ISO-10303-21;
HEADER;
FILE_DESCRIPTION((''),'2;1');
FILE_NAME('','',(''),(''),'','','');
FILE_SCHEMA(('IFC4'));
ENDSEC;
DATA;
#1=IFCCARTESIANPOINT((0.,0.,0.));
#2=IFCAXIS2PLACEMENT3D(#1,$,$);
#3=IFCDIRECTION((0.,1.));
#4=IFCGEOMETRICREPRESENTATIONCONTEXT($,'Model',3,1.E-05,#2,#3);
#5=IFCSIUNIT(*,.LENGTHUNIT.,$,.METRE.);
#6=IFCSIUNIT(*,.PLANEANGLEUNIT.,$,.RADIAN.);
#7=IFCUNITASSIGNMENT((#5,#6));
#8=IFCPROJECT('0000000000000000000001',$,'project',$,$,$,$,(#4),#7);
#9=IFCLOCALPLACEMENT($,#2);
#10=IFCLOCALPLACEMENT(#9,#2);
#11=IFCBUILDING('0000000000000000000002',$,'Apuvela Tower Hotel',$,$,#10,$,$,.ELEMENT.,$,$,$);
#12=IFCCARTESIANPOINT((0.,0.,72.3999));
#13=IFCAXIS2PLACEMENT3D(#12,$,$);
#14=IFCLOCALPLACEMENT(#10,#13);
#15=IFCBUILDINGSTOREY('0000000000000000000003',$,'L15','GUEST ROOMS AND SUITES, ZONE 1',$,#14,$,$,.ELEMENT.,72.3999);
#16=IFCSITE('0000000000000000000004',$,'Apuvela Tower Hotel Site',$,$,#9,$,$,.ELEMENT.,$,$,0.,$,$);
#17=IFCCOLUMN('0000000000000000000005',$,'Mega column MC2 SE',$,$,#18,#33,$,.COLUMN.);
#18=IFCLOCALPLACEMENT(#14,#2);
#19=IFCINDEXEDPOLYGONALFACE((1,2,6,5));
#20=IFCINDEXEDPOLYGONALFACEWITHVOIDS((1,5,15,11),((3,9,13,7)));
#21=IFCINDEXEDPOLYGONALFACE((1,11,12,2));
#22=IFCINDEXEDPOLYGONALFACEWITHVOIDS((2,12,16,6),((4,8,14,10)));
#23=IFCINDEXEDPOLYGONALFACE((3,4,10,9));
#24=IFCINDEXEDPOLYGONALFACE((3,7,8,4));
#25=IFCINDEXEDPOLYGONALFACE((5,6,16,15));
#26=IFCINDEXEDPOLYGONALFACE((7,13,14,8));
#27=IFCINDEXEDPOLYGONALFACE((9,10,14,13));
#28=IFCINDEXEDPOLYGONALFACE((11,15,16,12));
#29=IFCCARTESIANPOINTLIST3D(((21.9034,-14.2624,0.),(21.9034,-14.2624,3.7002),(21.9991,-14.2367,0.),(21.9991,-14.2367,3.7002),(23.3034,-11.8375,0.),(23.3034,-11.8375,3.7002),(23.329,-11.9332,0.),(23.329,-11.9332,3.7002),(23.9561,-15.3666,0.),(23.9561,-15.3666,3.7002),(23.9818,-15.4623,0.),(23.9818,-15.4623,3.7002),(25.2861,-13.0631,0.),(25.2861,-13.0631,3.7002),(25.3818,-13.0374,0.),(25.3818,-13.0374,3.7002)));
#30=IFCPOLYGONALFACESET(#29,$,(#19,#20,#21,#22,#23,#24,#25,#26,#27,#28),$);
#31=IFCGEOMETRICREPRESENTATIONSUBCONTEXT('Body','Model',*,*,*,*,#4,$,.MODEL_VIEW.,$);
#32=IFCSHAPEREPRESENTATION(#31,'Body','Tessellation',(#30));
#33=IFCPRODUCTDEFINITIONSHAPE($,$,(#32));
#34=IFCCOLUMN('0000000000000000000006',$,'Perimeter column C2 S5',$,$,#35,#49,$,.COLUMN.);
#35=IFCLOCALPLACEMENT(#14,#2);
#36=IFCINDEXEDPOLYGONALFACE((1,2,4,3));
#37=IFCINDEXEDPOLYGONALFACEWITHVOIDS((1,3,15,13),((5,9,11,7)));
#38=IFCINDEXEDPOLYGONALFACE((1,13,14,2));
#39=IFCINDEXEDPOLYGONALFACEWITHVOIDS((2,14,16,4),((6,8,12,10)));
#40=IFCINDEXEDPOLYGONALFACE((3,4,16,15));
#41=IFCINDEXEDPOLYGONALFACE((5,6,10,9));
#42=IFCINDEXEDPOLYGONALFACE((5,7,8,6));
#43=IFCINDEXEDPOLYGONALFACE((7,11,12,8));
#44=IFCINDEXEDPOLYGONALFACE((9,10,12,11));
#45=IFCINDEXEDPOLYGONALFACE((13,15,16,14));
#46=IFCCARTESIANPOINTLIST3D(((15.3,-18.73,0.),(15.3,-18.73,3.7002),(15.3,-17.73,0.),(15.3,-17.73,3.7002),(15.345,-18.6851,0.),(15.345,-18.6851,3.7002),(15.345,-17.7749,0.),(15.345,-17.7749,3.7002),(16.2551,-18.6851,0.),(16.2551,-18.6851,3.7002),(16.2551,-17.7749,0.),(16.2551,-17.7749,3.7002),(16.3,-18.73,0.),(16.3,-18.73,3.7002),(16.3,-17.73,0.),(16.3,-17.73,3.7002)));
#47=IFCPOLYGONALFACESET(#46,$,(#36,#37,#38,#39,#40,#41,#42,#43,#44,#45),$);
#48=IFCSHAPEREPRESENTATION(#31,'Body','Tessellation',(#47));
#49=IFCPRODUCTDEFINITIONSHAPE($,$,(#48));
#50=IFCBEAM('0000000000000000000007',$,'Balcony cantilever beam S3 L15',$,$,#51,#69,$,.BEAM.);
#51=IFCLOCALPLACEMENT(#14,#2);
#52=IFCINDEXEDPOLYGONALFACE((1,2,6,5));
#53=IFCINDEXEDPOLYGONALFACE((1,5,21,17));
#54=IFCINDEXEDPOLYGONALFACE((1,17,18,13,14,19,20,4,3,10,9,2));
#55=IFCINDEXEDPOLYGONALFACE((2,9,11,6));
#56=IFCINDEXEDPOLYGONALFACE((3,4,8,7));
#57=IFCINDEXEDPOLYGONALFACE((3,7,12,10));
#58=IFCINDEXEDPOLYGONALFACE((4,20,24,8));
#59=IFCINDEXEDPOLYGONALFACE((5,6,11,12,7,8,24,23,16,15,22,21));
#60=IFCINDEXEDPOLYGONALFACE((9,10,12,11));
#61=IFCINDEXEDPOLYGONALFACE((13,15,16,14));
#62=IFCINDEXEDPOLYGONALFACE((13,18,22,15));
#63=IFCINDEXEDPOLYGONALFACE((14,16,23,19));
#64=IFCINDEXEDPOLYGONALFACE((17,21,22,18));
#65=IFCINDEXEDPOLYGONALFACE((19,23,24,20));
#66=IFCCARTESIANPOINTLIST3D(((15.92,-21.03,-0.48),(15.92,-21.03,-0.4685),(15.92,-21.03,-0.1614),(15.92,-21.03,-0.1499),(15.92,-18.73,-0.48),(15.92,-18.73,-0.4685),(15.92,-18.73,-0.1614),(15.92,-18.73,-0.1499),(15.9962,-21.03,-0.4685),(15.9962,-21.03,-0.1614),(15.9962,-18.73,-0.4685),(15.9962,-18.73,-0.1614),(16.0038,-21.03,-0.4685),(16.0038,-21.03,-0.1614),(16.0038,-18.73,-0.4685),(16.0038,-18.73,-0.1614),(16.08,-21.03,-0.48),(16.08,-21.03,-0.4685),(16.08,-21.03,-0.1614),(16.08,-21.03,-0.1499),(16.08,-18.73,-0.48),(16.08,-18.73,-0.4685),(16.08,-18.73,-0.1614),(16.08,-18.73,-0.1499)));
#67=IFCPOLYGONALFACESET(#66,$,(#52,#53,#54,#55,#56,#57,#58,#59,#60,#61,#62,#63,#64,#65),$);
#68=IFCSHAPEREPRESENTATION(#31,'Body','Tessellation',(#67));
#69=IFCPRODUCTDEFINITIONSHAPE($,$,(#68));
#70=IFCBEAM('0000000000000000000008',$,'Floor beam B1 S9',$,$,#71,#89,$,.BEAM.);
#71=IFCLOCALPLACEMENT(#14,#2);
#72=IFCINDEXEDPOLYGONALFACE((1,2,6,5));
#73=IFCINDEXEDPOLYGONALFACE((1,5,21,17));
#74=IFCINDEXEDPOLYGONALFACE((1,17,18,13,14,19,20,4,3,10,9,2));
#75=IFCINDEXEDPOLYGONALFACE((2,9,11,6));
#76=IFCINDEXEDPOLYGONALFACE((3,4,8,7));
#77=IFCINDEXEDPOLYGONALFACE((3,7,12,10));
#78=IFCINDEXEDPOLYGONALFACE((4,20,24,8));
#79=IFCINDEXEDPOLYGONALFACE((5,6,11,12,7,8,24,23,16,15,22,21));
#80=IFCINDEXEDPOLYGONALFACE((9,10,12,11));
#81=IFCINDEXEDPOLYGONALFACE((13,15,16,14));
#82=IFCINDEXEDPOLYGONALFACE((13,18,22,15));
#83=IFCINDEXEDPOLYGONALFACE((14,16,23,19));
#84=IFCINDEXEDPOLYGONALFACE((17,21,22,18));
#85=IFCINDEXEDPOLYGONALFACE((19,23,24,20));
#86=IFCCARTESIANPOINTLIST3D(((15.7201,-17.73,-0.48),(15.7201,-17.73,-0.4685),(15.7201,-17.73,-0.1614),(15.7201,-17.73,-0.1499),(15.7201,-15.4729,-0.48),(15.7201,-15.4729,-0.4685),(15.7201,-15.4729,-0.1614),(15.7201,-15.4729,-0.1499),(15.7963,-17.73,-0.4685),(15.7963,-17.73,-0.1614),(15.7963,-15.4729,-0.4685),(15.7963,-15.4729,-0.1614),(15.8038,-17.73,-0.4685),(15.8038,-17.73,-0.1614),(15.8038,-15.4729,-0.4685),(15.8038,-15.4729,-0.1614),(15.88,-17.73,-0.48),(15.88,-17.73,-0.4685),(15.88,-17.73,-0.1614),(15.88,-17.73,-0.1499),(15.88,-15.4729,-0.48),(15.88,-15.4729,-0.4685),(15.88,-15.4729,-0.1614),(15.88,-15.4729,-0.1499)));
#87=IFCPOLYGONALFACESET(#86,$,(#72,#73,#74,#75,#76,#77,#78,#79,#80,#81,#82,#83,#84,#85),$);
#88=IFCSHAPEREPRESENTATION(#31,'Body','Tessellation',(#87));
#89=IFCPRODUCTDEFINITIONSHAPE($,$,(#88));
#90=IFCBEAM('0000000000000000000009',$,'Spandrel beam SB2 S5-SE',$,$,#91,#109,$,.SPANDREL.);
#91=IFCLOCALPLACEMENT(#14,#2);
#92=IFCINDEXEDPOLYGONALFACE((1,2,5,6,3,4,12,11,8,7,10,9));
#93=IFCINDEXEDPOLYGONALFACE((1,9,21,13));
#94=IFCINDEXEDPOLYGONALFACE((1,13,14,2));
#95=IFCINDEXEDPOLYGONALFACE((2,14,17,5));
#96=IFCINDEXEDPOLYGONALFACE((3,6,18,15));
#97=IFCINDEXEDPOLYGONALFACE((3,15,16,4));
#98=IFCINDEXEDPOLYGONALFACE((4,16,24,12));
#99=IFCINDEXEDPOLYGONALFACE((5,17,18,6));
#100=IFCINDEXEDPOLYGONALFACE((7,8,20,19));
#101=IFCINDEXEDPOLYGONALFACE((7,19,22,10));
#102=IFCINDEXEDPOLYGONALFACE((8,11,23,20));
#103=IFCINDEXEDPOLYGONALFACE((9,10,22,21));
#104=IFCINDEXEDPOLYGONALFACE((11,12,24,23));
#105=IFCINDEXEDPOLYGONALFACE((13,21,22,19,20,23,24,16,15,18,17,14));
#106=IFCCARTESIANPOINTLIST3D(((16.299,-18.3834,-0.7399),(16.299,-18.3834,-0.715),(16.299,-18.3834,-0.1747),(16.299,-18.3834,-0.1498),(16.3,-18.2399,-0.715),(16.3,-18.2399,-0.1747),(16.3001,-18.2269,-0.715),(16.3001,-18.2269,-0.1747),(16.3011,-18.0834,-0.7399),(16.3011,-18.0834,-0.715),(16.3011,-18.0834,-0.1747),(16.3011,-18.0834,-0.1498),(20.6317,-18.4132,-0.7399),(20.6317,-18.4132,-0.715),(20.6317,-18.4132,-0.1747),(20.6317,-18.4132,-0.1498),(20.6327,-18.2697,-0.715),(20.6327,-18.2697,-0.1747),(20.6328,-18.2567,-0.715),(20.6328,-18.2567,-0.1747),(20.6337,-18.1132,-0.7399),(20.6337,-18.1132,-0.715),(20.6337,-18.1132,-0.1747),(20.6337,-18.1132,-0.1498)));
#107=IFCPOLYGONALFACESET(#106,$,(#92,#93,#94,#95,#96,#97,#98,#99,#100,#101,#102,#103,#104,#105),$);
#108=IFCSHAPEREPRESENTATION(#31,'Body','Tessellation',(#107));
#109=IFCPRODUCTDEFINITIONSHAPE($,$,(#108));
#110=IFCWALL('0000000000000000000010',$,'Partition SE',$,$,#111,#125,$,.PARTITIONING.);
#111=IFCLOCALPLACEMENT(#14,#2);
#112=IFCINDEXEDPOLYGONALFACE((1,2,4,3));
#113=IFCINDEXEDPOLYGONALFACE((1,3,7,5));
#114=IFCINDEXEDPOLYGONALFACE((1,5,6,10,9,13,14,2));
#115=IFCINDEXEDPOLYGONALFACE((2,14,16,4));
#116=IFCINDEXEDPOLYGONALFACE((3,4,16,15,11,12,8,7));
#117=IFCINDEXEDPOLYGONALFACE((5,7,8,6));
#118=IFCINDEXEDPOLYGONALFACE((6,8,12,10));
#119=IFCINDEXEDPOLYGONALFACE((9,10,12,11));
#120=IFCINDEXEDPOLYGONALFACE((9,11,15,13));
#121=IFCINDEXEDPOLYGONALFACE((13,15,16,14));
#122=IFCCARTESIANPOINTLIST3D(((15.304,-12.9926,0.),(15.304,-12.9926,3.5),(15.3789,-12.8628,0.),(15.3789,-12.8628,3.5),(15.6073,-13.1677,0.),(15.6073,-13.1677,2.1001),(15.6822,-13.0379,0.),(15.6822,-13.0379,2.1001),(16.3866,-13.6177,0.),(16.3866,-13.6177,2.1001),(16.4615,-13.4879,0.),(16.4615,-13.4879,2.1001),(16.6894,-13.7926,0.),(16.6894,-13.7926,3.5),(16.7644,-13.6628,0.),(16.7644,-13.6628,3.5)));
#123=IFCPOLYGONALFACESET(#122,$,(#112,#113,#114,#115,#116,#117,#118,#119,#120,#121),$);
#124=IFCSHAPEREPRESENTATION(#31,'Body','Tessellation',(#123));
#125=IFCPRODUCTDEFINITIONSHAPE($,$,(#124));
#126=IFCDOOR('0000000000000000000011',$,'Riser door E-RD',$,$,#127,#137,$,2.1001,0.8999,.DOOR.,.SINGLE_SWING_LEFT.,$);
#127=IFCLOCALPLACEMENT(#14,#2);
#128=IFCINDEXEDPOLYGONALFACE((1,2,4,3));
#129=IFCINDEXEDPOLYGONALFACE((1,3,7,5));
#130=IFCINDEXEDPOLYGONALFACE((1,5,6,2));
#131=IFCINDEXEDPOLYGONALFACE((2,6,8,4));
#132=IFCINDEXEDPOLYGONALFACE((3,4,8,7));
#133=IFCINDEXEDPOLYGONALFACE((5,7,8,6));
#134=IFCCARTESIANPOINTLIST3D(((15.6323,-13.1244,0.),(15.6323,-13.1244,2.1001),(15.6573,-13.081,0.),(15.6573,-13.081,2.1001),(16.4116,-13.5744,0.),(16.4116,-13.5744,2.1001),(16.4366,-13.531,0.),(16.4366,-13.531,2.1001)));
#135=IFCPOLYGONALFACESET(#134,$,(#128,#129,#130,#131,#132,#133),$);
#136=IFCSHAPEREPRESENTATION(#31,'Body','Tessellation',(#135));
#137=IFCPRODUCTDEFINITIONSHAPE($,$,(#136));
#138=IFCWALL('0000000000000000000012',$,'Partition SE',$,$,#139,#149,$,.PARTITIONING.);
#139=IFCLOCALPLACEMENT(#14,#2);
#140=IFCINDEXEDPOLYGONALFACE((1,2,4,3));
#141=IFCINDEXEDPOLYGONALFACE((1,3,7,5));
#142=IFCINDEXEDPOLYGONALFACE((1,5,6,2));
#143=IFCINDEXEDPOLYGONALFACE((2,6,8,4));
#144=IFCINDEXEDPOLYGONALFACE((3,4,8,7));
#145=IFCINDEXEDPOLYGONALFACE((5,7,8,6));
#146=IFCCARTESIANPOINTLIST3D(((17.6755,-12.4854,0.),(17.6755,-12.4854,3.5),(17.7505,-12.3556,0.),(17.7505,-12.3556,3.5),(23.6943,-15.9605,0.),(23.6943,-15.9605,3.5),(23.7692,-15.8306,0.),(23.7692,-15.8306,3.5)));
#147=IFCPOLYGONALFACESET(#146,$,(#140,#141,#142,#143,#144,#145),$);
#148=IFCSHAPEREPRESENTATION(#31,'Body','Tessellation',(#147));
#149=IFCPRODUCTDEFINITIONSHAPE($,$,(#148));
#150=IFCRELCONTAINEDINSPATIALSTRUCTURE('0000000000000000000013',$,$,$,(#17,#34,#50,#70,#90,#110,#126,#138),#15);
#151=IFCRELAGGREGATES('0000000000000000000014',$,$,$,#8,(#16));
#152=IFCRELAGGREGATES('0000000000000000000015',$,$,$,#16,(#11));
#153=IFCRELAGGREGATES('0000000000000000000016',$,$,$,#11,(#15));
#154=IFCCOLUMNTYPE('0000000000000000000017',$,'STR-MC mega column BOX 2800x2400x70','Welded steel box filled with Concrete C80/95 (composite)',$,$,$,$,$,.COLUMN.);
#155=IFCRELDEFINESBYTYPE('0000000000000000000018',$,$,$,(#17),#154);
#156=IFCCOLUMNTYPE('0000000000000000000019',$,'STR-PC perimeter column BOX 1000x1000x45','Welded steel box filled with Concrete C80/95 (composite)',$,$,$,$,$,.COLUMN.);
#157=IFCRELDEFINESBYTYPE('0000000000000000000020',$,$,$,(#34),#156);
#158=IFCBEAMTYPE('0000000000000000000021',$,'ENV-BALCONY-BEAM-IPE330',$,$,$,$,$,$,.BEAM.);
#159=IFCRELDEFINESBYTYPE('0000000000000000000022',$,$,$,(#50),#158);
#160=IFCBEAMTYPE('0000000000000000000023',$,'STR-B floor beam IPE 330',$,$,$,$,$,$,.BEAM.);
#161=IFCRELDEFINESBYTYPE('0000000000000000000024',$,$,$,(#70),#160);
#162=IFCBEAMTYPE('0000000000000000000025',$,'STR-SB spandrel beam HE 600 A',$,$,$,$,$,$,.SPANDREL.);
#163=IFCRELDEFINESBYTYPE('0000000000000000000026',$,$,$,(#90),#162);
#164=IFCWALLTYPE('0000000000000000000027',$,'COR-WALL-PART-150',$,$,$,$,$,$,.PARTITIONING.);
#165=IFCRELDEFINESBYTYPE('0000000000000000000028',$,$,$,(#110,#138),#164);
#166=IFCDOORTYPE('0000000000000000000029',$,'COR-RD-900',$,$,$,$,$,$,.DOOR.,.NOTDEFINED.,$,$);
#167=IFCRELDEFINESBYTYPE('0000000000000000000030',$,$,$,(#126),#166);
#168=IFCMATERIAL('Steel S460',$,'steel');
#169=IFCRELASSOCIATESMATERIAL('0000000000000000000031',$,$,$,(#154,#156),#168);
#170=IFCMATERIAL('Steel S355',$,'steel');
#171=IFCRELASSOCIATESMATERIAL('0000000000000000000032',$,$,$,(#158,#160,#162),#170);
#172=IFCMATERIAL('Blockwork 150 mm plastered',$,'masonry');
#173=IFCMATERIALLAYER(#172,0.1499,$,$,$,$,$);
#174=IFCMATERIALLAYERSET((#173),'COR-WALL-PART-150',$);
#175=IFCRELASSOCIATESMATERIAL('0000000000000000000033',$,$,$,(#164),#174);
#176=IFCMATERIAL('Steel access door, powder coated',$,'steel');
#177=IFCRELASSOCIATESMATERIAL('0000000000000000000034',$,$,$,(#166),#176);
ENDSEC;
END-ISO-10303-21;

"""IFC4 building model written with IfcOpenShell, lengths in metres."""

from ifc_helpers import new_model, si_unit, direction, frame, frame_2d, origin, origin_2d, place, context, subcontext, project, spatial, rectangle, hollow_rectangle, i_section, extrude, material, layer, layer_set, material_profile, profile_set, type_object, element, fill, save


model = new_model("IFC4")

# Units and contexts
model_context = context("Model", 3, precision=1e-05, world=origin(), true_north=direction((0.0, 1.0)))
body_context = subcontext(model_context, "Body", "Model", "MODEL_VIEW")
ifc_project = project(units=[si_unit("LENGTHUNIT", "METRE"), si_unit("PLANEANGLEUNIT", "RADIAN")], contexts=[model_context])

# Site, building, storey
site_placement = place(None, origin())
site = spatial("IfcSite", under=ifc_project, at=site_placement, Name="Apuvela Tower Hotel Site", CompositionType="ELEMENT", RefElevation=0.0)
building_placement = place(site_placement, origin())
building = spatial("IfcBuilding", under=site, at=building_placement, Name="Apuvela Tower Hotel", CompositionType="ELEMENT")
storey_placement = place(building_placement, frame((0.0, 0.0, 72.3999)))
storey = spatial("IfcBuildingStorey", under=building, at=storey_placement, Name="L15", Description="GUEST ROOMS AND SUITES, ZONE 1", CompositionType="ELEMENT", Elevation=72.3999)

# Columns
ifc_material_1 = material(Name="Steel S460", Category="steel")
ifc_material_profile_1 = material_profile(ifc_material_1, hollow_rectangle(XDim=2.8, YDim=2.3999, WallThickness=0.0701, at=origin_2d()), Name="BOX 2800x2400x70")
ifc_material_2 = material(Name="Concrete C80/95", Category="concrete")
ifc_material_profile_2 = material_profile(ifc_material_2, rectangle(XDim=2.6599, YDim=2.26, at=origin_2d()), Name="Concrete C80/95 infill")
ifc_profile_set_1 = profile_set([ifc_material_profile_1, ifc_material_profile_2], Name="Steel S460")
column_type_1 = type_object("IfcColumnType", Name="STR-MC mega column BOX 2800x2400x70", Description="Welded steel box filled with Concrete C80/95 (composite)", PredefinedType="COLUMN", material=ifc_profile_set_1)
column_1_placement = place(storey_placement, frame((23.6426, -13.6499, 0.0), z_axis=(0.0, 0.0, 1.0), x_axis=(0.5, 0.866025, 0.0)))
element("IfcColumn", 1, at=column_1_placement, inside=storey, type_object=column_type_1, Name="Mega column MC2 SE", PredefinedType="COLUMN", context=body_context, shape_type="SweptSolid", body=[
    extrude(hollow_rectangle(XDim=2.8, YDim=2.3999, WallThickness=0.0701, at=origin_2d()), origin(), (0.0, 0.0, 1.0), 3.7002),
])
ifc_material_profile_3 = material_profile(ifc_material_1, hollow_rectangle(XDim=1.0, YDim=1.0, WallThickness=0.0449, at=origin_2d()), Name="BOX 1000x1000x45")
ifc_material_profile_4 = material_profile(ifc_material_2, rectangle(XDim=0.9099, YDim=0.9099, at=origin_2d()), Name="Concrete C80/95 infill")
ifc_profile_set_2 = profile_set([ifc_material_profile_3, ifc_material_profile_4], Name="Steel S460")
column_type_2 = type_object("IfcColumnType", Name="STR-PC perimeter column BOX 1000x1000x45", Description="Welded steel box filled with Concrete C80/95 (composite)", PredefinedType="COLUMN", material=ifc_profile_set_2)
column_2_placement = place(storey_placement, frame((15.8, -18.23, 0.0), z_axis=(0.0, 0.0, 1.0), x_axis=(-1.0, 0.0, 0.0)))
element("IfcColumn", 2, at=column_2_placement, inside=storey, type_object=column_type_2, Name="Perimeter column C2 S5", PredefinedType="COLUMN", context=body_context, shape_type="SweptSolid", body=[
    extrude(hollow_rectangle(XDim=1.0, YDim=1.0, WallThickness=0.0449, at=origin_2d()), origin(), (0.0, 0.0, 1.0), 3.7002),
])

# Beams
ifc_material_3 = material(Name="Steel S355", Category="steel")
ifc_material_profile_5 = material_profile(ifc_material_3, i_section(OverallWidth=0.1599, OverallDepth=0.3301, WebThickness=0.0076, FlangeThickness=0.0115, at=origin_2d()), Name="IPE 330")
ifc_profile_set_3 = profile_set([ifc_material_profile_5], Name="Steel S355")
beam_type_1 = type_object("IfcBeamType", Name="ENV-BALCONY-BEAM-IPE330", PredefinedType="BEAM", material=ifc_profile_set_3)
beam_1_placement = place(storey_placement, frame((16.0, -18.73, -0.3149), z_axis=(0.0, -1.0, 0.0), x_axis=(1.0, 0.0, 0.0)))
element("IfcBeam", 3, at=beam_1_placement, inside=storey, type_object=beam_type_1, Name="Balcony cantilever beam S3 L15", PredefinedType="BEAM", context=body_context, shape_type="SweptSolid", body=[
    extrude(i_section(OverallWidth=0.1599, OverallDepth=0.3301, WebThickness=0.0076, FlangeThickness=0.0115, at=origin_2d()), origin(), (0.0, 0.0, 1.0), 2.3),
])
ifc_material_profile_6 = material_profile(ifc_material_3, i_section(OverallWidth=0.1599, OverallDepth=0.3301, WebThickness=0.0076, FlangeThickness=0.0115, at=origin_2d()), Name="IPE 330")
ifc_profile_set_4 = profile_set([ifc_material_profile_6], Name="Steel S355")
beam_type_2 = type_object("IfcBeamType", Name="STR-B floor beam IPE 330", PredefinedType="BEAM", material=ifc_profile_set_4)
beam_2_placement = place(storey_placement, frame((15.8, -17.73, -0.3149), z_axis=(0.0, 1.0, 0.0), x_axis=(-1.0, 0.0, 0.0)))
element("IfcBeam", 4, at=beam_2_placement, inside=storey, type_object=beam_type_2, Name="Floor beam B1 S9", PredefinedType="BEAM", context=body_context, shape_type="SweptSolid", body=[
    extrude(i_section(OverallWidth=0.1599, OverallDepth=0.3301, WebThickness=0.0076, FlangeThickness=0.0115, at=origin_2d()), origin(), (0.0, 0.0, 1.0), 2.2571),
])
ifc_material_profile_7 = material_profile(ifc_material_3, i_section(OverallWidth=0.3, OverallDepth=0.5901, WebThickness=0.0129, FlangeThickness=0.0249, at=origin_2d()), Name="HE 600 A")
ifc_profile_set_5 = profile_set([ifc_material_profile_7], Name="Steel S355")
beam_type_3 = type_object("IfcBeamType", Name="STR-SB spandrel beam HE 600 A", PredefinedType="SPANDREL", material=ifc_profile_set_5)
beam_3_placement = place(storey_placement, frame((16.3, -18.2334, -0.4448), z_axis=(0.999976, -0.006874, 0.0), x_axis=(0.006874, 0.999976, 0.0)))
element("IfcBeam", 5, at=beam_3_placement, inside=storey, type_object=beam_type_3, Name="Spandrel beam SB2 S5-SE", PredefinedType="SPANDREL", context=body_context, shape_type="SweptSolid", body=[
    extrude(i_section(OverallWidth=0.3, OverallDepth=0.5901, WebThickness=0.0129, FlangeThickness=0.0249, at=origin_2d()), origin(), (0.0, 0.0, 1.0), 4.3328),
])

# Wall, opening, door
ifc_material_4 = material(Name="Blockwork 150 mm plastered", Category="masonry")
ifc_layer_1 = layer(ifc_material_4, 0.1499)
ifc_layer_set_1 = layer_set([ifc_layer_1], Name="COR-WALL-PART-150")
wall_type_1 = type_object("IfcWallType", Name="COR-WALL-PART-150", PredefinedType="PARTITIONING", material=ifc_layer_set_1)
wall_1_placement = place(storey_placement, frame((15.3416, -12.9277, 0.0), z_axis=(0.0, 0.0, 1.0), x_axis=(0.86599, -0.500061, 0.0)))
wall_1 = element("IfcWall", 6, at=wall_1_placement, inside=storey, type_object=wall_type_1, Name="Partition SE", PredefinedType="PARTITIONING", context=body_context, shape_type="SweptSolid", body=[
    extrude(rectangle(XDim=1.5999, YDim=0.1499, at=frame_2d((0.7998, 0.0))), origin(), (0.0, 0.0, 1.0), 3.5),
])
opening_1_placement = place(wall_1_placement, frame((0.3501, 0.0, 0.0)))
opening_1 = element("IfcOpeningElement", 7, at=opening_1_placement, cuts=wall_1, PredefinedType="OPENING", context=body_context, shape_type="SweptSolid", body=[
    extrude(rectangle(XDim=0.8999, YDim=2.1001, at=frame_2d((0.45, 1.05))), frame((0.0, 0.085, 0.0), z_axis=(0.0, -1.0, 0.0), x_axis=(1.0, 0.0, 0.0)), (0.0, 0.0, 1.0), 0.1699),
])
ifc_material_5 = material(Name="Steel access door, powder coated", Category="steel")
door_type_1 = type_object("IfcDoorType", Name="COR-RD-900", OperationType="NOTDEFINED", PredefinedType="DOOR", material=ifc_material_5)
door_1_placement = place(opening_1_placement, frame((0.8999, 0.0, 0.0), z_axis=(0.0, 0.0, 1.0), x_axis=(-1.0, 0.0, 0.0)))
door_1 = element("IfcDoor", 8, at=door_1_placement, inside=storey, type_object=door_type_1, Name="Riser door E-RD", OperationType="SINGLE_SWING_LEFT", OverallHeight=2.1001, OverallWidth=0.8999, PredefinedType="DOOR", context=body_context, shape_type="SweptSolid", body=[
    extrude(rectangle(XDim=0.8999, YDim=2.1001, at=frame_2d((0.45, 1.05))), frame((0.0, 0.0249, 0.0), z_axis=(0.0, -1.0, 0.0), x_axis=(1.0, 0.0, 0.0)), (0.0, 0.0, 1.0), 0.05),
])
fill(opening_1, door_1)

# Wall
wall_2_placement = place(storey_placement, frame((17.7129, -12.4204, 0.0), z_axis=(0.0, 0.0, 1.0), x_axis=(0.866017, -0.500015, 0.0)))
element("IfcWall", 9, at=wall_2_placement, inside=storey, type_object=wall_type_1, Name="Partition SE", PredefinedType="PARTITIONING", context=body_context, shape_type="SweptSolid", body=[
    extrude(rectangle(XDim=6.95, YDim=0.1499, at=frame_2d((3.4751, 0.0))), origin(), (0.0, 0.0, 1.0), 3.5),
])

save(model, "model.ifc")
